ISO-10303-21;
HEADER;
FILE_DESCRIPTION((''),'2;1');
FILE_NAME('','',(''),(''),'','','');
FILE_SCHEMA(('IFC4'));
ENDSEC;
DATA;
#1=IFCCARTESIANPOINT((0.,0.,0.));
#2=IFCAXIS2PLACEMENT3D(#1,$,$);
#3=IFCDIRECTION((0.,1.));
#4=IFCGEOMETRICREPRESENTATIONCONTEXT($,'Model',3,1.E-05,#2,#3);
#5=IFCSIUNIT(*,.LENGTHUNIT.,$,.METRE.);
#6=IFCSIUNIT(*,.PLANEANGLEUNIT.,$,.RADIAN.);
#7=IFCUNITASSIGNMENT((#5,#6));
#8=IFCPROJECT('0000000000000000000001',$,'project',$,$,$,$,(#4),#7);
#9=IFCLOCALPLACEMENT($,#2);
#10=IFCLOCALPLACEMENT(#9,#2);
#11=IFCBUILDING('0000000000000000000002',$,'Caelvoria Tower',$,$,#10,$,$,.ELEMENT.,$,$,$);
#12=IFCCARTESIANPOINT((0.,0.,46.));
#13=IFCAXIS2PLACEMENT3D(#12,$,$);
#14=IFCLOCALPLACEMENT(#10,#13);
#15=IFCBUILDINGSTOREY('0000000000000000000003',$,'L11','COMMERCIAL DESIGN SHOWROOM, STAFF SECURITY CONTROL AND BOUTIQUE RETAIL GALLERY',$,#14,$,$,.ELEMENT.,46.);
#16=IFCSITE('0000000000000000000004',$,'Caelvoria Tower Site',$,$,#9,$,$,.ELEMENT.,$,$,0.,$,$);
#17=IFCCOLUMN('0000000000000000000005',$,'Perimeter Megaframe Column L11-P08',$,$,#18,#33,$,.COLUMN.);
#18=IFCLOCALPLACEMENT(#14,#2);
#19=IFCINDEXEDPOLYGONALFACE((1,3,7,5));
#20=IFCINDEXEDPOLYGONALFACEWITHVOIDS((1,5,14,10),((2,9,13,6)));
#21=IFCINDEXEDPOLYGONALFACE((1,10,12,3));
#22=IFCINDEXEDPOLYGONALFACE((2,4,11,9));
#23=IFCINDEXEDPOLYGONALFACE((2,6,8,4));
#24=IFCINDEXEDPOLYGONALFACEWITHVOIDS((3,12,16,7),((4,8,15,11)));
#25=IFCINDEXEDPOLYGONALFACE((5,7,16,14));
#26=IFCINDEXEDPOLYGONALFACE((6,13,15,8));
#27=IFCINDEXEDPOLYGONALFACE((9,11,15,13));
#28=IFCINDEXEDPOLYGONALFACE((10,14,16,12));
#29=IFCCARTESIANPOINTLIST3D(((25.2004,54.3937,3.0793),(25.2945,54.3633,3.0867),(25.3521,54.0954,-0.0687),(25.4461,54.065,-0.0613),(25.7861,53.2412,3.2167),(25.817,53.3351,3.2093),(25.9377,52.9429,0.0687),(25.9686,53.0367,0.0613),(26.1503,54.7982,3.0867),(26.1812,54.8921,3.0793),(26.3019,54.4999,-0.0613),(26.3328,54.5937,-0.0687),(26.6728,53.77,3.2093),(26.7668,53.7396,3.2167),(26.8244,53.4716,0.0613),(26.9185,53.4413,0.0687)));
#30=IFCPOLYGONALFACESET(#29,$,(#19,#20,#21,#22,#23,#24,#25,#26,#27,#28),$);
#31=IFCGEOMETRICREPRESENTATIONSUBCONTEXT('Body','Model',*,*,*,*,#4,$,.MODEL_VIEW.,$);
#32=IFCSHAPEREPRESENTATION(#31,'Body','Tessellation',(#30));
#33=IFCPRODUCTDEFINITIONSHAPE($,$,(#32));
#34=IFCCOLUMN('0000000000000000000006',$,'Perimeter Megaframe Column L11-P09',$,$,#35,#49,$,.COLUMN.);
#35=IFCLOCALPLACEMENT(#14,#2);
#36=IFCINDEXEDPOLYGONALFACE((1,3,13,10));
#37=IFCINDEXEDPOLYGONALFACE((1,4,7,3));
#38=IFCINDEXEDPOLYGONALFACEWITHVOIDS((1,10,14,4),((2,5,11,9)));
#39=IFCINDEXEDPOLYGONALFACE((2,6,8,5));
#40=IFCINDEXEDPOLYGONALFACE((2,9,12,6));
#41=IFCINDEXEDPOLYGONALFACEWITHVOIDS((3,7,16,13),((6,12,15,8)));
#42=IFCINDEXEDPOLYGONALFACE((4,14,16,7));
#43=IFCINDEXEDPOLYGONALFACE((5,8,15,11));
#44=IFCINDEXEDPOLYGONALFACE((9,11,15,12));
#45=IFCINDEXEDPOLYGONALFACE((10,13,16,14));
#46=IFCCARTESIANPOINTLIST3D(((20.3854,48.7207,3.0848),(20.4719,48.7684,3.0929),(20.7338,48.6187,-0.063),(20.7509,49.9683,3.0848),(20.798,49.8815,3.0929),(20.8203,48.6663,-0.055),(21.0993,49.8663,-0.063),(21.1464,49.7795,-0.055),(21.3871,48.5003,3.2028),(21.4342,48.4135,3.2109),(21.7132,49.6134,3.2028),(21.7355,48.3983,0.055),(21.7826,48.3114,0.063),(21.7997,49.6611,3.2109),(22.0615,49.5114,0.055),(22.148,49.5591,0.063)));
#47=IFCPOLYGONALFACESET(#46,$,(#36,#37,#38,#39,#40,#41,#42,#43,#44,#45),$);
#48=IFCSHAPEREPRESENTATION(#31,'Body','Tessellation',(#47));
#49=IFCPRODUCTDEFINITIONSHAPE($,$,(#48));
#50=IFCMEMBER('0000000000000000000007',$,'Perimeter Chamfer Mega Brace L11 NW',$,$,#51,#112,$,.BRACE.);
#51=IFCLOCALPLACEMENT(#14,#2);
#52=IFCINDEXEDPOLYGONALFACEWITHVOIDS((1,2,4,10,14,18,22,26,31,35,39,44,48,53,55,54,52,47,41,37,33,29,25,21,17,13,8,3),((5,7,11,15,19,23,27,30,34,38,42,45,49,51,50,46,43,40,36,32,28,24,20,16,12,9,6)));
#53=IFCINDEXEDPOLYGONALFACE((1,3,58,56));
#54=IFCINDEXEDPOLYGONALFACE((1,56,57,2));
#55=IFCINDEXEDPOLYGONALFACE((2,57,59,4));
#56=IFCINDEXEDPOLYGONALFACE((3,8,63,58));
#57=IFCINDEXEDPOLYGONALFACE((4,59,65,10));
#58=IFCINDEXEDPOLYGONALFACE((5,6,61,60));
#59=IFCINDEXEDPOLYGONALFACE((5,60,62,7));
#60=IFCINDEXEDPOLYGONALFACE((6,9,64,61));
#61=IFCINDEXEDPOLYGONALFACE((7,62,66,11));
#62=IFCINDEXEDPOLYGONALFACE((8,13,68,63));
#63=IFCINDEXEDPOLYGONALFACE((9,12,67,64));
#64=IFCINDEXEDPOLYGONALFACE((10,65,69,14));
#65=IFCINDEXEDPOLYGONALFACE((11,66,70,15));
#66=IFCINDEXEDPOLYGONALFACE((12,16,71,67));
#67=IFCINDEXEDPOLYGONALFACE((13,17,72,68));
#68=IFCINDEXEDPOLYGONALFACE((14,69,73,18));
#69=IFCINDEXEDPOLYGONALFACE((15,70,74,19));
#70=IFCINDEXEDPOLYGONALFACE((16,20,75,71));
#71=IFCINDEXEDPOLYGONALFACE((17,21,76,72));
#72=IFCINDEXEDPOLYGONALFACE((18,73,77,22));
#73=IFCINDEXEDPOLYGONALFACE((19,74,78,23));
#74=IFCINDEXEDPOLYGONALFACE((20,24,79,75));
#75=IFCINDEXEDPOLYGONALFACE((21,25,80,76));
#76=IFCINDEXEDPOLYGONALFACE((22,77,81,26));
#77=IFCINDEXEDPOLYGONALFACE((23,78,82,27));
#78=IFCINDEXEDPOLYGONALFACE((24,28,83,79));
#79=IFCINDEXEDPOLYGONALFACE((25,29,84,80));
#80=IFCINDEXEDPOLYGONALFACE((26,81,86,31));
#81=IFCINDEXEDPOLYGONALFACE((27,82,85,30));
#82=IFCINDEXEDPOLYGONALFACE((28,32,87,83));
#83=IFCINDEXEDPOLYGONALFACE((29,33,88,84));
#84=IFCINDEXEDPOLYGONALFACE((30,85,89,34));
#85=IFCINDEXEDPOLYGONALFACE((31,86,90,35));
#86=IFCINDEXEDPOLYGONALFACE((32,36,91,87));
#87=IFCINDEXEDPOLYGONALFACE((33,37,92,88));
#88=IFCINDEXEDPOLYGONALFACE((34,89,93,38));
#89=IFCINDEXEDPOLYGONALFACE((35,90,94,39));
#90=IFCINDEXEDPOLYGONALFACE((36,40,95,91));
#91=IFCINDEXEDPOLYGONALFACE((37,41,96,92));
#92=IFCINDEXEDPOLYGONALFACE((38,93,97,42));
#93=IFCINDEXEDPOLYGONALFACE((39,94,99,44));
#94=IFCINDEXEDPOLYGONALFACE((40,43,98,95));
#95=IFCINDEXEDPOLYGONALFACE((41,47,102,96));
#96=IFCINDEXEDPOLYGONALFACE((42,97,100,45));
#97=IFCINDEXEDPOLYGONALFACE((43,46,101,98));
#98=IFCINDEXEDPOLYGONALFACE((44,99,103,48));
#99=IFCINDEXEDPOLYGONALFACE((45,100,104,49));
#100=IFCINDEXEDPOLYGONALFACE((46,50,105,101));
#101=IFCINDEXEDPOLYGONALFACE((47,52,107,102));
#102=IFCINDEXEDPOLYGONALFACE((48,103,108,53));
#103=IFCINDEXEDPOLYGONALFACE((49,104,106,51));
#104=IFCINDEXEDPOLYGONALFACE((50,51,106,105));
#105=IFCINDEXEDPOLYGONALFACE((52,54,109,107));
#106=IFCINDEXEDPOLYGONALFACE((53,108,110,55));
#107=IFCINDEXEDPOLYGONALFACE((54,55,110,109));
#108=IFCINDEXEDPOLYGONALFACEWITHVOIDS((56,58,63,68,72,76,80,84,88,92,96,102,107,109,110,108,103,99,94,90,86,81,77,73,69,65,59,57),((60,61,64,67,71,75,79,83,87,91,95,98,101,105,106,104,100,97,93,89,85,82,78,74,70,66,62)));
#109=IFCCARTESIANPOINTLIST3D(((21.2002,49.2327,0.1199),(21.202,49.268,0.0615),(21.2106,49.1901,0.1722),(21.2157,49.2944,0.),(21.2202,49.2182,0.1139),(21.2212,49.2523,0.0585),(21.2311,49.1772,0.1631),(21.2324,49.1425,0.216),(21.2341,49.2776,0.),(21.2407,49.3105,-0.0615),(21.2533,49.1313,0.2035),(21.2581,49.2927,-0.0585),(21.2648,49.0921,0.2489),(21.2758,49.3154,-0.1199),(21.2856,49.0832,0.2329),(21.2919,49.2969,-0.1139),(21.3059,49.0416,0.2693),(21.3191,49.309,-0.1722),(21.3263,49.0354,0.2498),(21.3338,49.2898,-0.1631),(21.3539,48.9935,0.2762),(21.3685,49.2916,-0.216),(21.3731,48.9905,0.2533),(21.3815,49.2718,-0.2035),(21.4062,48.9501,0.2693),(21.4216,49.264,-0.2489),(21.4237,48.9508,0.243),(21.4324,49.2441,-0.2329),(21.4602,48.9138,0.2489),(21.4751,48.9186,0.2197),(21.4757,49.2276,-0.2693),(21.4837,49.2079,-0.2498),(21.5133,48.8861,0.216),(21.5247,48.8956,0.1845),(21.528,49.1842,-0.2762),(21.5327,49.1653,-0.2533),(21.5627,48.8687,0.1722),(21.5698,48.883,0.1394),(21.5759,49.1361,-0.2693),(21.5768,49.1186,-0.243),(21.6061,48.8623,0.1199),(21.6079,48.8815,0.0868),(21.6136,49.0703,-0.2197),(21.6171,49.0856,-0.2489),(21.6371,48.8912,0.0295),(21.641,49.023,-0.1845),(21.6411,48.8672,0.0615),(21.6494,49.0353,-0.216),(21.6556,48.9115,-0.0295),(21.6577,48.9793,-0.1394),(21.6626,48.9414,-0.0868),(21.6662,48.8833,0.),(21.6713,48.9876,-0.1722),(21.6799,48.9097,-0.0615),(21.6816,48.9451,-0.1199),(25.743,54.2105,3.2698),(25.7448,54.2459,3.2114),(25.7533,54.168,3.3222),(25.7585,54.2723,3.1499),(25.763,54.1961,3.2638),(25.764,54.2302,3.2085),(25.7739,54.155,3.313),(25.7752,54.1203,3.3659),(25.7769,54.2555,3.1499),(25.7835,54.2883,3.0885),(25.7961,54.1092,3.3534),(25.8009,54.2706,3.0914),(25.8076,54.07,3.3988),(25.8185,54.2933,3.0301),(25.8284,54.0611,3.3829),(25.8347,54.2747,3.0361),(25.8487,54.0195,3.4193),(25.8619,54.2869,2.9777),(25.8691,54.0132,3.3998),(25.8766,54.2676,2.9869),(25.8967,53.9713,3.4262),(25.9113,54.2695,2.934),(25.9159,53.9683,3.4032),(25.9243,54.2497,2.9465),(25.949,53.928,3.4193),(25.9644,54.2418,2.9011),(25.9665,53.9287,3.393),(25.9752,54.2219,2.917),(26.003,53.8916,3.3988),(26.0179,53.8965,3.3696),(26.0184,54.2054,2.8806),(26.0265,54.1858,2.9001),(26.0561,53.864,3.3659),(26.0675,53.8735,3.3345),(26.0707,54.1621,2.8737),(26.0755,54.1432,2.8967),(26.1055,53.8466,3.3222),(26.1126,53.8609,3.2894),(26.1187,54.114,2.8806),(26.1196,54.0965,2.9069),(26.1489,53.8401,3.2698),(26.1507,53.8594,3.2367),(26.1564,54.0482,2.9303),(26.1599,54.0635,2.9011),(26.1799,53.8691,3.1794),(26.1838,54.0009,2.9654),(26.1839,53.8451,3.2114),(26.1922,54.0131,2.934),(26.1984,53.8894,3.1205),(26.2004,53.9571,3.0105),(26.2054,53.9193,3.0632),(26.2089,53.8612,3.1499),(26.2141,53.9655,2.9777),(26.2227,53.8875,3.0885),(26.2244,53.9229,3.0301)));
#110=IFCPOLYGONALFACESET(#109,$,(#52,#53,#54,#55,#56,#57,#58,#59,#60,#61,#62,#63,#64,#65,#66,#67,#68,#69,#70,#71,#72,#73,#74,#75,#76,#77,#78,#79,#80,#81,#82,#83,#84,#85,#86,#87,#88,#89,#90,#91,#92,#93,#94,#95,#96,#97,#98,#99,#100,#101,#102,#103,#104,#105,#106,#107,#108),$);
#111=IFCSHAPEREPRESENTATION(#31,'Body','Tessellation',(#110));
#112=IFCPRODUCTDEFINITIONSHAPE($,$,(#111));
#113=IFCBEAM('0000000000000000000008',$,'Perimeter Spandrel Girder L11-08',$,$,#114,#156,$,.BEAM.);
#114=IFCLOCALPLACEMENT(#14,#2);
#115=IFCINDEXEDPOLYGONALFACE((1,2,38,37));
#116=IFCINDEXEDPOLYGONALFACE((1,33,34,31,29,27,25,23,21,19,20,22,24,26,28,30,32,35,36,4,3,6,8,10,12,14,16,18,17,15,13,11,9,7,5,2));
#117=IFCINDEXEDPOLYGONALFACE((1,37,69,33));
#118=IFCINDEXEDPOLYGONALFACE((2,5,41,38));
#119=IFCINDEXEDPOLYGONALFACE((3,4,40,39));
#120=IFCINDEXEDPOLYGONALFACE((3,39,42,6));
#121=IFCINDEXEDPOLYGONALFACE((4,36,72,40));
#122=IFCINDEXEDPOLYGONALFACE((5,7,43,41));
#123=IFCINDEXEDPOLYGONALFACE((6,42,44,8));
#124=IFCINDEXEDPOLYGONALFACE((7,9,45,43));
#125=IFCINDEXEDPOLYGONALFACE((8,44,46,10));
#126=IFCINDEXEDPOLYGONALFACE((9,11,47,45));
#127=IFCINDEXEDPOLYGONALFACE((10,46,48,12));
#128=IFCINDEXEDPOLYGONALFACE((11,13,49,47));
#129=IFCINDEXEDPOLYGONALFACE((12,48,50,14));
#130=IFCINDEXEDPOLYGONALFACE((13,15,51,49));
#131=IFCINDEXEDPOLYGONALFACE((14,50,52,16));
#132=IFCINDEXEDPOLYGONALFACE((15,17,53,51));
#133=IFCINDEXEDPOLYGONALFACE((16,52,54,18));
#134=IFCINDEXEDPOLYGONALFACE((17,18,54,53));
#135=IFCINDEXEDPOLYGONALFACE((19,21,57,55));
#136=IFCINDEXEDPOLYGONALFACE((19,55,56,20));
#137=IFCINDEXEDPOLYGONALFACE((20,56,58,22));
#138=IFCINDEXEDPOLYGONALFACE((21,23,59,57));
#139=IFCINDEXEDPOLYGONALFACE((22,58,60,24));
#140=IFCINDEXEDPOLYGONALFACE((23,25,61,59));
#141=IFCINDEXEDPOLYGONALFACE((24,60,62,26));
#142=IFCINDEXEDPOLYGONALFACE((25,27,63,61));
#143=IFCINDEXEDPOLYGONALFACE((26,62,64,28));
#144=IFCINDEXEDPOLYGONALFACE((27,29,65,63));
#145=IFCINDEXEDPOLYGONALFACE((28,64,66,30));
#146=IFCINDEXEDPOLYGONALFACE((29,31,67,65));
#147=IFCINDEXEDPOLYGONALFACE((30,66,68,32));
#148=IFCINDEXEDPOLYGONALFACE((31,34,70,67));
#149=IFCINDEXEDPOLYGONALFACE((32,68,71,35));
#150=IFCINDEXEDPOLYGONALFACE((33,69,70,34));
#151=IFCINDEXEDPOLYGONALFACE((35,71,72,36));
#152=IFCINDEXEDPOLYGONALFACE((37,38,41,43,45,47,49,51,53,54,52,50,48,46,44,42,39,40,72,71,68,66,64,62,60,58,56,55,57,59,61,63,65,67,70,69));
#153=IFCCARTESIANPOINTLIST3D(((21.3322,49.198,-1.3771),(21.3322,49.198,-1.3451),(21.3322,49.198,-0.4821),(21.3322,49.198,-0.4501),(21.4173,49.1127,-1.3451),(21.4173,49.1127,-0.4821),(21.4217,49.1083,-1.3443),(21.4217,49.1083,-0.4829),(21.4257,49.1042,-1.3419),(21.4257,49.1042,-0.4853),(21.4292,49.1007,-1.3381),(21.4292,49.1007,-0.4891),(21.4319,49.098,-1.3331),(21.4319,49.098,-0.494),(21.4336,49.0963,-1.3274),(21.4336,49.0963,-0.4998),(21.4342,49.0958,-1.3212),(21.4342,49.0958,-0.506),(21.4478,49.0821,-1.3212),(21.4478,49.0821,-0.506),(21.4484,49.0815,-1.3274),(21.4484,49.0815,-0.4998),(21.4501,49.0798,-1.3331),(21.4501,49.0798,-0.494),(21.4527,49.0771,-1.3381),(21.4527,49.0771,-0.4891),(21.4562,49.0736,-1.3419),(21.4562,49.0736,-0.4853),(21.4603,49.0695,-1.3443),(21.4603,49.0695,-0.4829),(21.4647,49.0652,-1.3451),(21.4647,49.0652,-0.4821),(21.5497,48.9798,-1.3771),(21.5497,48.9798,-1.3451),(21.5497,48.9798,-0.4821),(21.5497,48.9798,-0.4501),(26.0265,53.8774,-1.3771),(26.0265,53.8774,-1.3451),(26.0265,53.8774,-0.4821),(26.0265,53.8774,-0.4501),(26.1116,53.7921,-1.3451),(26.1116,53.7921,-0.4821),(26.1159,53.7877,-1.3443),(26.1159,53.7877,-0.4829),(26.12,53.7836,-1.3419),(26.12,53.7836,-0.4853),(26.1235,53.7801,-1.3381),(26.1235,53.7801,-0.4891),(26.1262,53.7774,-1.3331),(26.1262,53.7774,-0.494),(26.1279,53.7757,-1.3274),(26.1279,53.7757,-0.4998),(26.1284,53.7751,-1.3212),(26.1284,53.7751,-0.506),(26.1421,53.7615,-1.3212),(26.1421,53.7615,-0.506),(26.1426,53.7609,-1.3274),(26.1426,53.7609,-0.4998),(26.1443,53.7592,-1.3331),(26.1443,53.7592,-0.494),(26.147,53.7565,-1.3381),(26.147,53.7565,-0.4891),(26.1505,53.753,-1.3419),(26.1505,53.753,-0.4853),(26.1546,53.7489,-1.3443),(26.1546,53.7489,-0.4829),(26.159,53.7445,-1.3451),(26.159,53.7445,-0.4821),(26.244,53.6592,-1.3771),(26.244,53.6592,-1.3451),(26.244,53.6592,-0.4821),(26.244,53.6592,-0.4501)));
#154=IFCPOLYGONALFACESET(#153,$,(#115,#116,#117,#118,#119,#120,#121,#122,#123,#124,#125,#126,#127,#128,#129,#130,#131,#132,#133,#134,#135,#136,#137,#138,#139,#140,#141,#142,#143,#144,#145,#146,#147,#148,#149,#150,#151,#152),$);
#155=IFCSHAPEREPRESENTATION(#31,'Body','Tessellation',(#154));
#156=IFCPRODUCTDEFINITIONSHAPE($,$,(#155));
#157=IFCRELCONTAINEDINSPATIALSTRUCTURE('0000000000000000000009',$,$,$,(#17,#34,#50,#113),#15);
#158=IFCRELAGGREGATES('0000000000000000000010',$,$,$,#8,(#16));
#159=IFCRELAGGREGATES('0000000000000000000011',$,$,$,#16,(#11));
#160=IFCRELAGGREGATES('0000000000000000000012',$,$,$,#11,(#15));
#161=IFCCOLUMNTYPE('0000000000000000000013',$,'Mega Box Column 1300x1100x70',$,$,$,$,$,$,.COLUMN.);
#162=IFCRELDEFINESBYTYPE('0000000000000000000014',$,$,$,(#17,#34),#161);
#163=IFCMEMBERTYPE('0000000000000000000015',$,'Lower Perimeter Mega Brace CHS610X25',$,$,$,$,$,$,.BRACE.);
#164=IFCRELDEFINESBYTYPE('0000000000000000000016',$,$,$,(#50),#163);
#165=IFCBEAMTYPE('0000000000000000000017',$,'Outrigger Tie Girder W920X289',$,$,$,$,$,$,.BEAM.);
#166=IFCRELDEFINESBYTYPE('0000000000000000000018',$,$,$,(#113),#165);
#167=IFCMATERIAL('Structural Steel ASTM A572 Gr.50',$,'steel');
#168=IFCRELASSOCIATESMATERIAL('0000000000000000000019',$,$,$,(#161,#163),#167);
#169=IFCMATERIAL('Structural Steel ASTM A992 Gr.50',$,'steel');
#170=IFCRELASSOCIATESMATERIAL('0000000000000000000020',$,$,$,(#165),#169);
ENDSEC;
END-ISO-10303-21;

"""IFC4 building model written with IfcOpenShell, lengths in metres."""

from ifc_helpers import new_model, si_unit, direction, frame, origin, origin_2d, place, context, subcontext, project, spatial, hollow_rectangle, hollow_circle, i_section, extrude, material, material_profile, profile_set, type_object, element, save


model = new_model("IFC4")

# Units and contexts
model_context = context("Model", 3, precision=1e-05, world=origin(), true_north=direction((0.0, 1.0)))
body_context = subcontext(model_context, "Body", "Model", "MODEL_VIEW")
ifc_project = project(units=[si_unit("LENGTHUNIT", "METRE"), si_unit("PLANEANGLEUNIT", "RADIAN")], contexts=[model_context])

# Site, building, storey
site_placement = place(None, origin())
site = spatial("IfcSite", under=ifc_project, at=site_placement, Name="Caelvoria Tower Site", CompositionType="ELEMENT", RefElevation=0.0)
building_placement = place(site_placement, origin())
building = spatial("IfcBuilding", under=site, at=building_placement, Name="Caelvoria Tower", CompositionType="ELEMENT")
storey_placement = place(building_placement, frame((0.0, 0.0, 46.0)))
storey = spatial("IfcBuildingStorey", under=building, at=storey_placement, Name="L11", Description="COMMERCIAL DESIGN SHOWROOM, STAFF SECURITY CONTROL AND BOUTIQUE RETAIL GALLERY", CompositionType="ELEMENT", Elevation=46.0)

# Columns
ifc_material_1 = material(Name="Structural Steel ASTM A572 Gr.50", Category="steel")
ifc_material_profile_1 = material_profile(ifc_material_1, hollow_rectangle(XDim=1.1001, YDim=1.3, WallThickness=0.0701, at=origin_2d()), Name="Structural Steel ASTM A572 Gr.50")
ifc_profile_set_1 = profile_set([ifc_material_profile_1], Name="BOX1300X1100X70 - Structural Steel ASTM A572 Gr.50")
column_type = type_object("IfcColumnType", Name="Mega Box Column 1300x1100x70", PredefinedType="COLUMN", material=ifc_profile_set_1)
column_1_placement = place(storey_placement, frame((26.1353, 53.7683, 0.0), z_axis=(-0.047892, 0.094242, 0.994397), x_axis=(-0.89149, -0.45304, 0.0)))
element("IfcColumn", 1, at=column_1_placement, inside=storey, type_object=column_type, Name="Perimeter Megaframe Column L11-P08", PredefinedType="COLUMN", context=body_context, shape_type="SweptSolid", body=[
    extrude(hollow_rectangle(XDim=1.1001, YDim=1.3, WallThickness=0.0701, at=origin_2d()), origin(), (0.0, 0.0, 1.0), 3.1658),
])
column_2_placement = place(storey_placement, frame((21.4409, 49.0889, 0.0), z_axis=(-0.109943, 0.032205, 0.993416), x_axis=(0.953357, -0.279259, 0.114563)))
element("IfcColumn", 2, at=column_2_placement, inside=storey, type_object=column_type, Name="Perimeter Megaframe Column L11-P09", PredefinedType="COLUMN", context=body_context, shape_type="SweptSolid", body=[
    extrude(hollow_rectangle(XDim=1.1001, YDim=1.3, WallThickness=0.0701, at=origin_2d()), origin(), (0.0, 0.0, 1.0), 3.1687),
])

# Member
ifc_material_profile_2 = material_profile(ifc_material_1, hollow_circle(Radius=0.3049, WallThickness=0.0249, at=origin_2d()), Name="Structural Steel ASTM A572 Gr.50")
ifc_profile_set_2 = profile_set([ifc_material_profile_2], Name="CHS610X25 - Structural Steel ASTM A572 Gr.50")
member_type = type_object("IfcMemberType", Name="Lower Perimeter Mega Brace CHS610X25", PredefinedType="BRACE", material=ifc_profile_set_2)
member_placement = place(storey_placement, frame((21.4409, 49.0889, 0.0), z_axis=(0.610675, 0.66916, 0.423439), x_axis=(-0.738649, 0.674091, 0.0)))
element("IfcMember", 3, at=member_placement, inside=storey, type_object=member_type, Name="Perimeter Chamfer Mega Brace L11 NW", PredefinedType="BRACE", context=body_context, shape_type="SweptSolid", body=[
    extrude(hollow_circle(Radius=0.3049, WallThickness=0.0249, at=origin_2d()), origin(), (0.0, 0.0, 1.0), 7.439),
])

# Beam
ifc_material_2 = material(Name="Structural Steel ASTM A992 Gr.50", Category="steel")
ifc_material_profile_3 = material_profile(ifc_material_2, i_section(OverallWidth=0.3081, OverallDepth=0.927, WebThickness=0.0193, FlangeThickness=0.032, FilletRadius=0.0239, at=origin_2d()), Name="Structural Steel ASTM A992 Gr.50")
ifc_profile_set_3 = profile_set([ifc_material_profile_3], Name="W920X289 - Structural Steel ASTM A992 Gr.50")
beam_type_1 = type_object("IfcBeamType", Name="Outrigger Tie Girder W920X289", PredefinedType="BEAM", material=ifc_profile_set_3)
beam_1_placement = place(storey_placement, frame((26.1353, 53.7683, -0.9136), z_axis=(-0.708229, -0.705982, 0.0), x_axis=(0.705982, -0.708229, 0.0)))
element("IfcBeam", 4, at=beam_1_placement, inside=storey, type_object=beam_type_1, Name="Perimeter Spandrel Girder L11-08", PredefinedType="BEAM", context=body_context, shape_type="SweptSolid", body=[
    extrude(i_section(OverallWidth=0.3081, OverallDepth=0.927, WebThickness=0.0193, FlangeThickness=0.032, FilletRadius=0.0239, at=origin_2d()), origin(), (0.0, 0.0, 1.0), 6.6282),
])

save(model, "model.ifc")
